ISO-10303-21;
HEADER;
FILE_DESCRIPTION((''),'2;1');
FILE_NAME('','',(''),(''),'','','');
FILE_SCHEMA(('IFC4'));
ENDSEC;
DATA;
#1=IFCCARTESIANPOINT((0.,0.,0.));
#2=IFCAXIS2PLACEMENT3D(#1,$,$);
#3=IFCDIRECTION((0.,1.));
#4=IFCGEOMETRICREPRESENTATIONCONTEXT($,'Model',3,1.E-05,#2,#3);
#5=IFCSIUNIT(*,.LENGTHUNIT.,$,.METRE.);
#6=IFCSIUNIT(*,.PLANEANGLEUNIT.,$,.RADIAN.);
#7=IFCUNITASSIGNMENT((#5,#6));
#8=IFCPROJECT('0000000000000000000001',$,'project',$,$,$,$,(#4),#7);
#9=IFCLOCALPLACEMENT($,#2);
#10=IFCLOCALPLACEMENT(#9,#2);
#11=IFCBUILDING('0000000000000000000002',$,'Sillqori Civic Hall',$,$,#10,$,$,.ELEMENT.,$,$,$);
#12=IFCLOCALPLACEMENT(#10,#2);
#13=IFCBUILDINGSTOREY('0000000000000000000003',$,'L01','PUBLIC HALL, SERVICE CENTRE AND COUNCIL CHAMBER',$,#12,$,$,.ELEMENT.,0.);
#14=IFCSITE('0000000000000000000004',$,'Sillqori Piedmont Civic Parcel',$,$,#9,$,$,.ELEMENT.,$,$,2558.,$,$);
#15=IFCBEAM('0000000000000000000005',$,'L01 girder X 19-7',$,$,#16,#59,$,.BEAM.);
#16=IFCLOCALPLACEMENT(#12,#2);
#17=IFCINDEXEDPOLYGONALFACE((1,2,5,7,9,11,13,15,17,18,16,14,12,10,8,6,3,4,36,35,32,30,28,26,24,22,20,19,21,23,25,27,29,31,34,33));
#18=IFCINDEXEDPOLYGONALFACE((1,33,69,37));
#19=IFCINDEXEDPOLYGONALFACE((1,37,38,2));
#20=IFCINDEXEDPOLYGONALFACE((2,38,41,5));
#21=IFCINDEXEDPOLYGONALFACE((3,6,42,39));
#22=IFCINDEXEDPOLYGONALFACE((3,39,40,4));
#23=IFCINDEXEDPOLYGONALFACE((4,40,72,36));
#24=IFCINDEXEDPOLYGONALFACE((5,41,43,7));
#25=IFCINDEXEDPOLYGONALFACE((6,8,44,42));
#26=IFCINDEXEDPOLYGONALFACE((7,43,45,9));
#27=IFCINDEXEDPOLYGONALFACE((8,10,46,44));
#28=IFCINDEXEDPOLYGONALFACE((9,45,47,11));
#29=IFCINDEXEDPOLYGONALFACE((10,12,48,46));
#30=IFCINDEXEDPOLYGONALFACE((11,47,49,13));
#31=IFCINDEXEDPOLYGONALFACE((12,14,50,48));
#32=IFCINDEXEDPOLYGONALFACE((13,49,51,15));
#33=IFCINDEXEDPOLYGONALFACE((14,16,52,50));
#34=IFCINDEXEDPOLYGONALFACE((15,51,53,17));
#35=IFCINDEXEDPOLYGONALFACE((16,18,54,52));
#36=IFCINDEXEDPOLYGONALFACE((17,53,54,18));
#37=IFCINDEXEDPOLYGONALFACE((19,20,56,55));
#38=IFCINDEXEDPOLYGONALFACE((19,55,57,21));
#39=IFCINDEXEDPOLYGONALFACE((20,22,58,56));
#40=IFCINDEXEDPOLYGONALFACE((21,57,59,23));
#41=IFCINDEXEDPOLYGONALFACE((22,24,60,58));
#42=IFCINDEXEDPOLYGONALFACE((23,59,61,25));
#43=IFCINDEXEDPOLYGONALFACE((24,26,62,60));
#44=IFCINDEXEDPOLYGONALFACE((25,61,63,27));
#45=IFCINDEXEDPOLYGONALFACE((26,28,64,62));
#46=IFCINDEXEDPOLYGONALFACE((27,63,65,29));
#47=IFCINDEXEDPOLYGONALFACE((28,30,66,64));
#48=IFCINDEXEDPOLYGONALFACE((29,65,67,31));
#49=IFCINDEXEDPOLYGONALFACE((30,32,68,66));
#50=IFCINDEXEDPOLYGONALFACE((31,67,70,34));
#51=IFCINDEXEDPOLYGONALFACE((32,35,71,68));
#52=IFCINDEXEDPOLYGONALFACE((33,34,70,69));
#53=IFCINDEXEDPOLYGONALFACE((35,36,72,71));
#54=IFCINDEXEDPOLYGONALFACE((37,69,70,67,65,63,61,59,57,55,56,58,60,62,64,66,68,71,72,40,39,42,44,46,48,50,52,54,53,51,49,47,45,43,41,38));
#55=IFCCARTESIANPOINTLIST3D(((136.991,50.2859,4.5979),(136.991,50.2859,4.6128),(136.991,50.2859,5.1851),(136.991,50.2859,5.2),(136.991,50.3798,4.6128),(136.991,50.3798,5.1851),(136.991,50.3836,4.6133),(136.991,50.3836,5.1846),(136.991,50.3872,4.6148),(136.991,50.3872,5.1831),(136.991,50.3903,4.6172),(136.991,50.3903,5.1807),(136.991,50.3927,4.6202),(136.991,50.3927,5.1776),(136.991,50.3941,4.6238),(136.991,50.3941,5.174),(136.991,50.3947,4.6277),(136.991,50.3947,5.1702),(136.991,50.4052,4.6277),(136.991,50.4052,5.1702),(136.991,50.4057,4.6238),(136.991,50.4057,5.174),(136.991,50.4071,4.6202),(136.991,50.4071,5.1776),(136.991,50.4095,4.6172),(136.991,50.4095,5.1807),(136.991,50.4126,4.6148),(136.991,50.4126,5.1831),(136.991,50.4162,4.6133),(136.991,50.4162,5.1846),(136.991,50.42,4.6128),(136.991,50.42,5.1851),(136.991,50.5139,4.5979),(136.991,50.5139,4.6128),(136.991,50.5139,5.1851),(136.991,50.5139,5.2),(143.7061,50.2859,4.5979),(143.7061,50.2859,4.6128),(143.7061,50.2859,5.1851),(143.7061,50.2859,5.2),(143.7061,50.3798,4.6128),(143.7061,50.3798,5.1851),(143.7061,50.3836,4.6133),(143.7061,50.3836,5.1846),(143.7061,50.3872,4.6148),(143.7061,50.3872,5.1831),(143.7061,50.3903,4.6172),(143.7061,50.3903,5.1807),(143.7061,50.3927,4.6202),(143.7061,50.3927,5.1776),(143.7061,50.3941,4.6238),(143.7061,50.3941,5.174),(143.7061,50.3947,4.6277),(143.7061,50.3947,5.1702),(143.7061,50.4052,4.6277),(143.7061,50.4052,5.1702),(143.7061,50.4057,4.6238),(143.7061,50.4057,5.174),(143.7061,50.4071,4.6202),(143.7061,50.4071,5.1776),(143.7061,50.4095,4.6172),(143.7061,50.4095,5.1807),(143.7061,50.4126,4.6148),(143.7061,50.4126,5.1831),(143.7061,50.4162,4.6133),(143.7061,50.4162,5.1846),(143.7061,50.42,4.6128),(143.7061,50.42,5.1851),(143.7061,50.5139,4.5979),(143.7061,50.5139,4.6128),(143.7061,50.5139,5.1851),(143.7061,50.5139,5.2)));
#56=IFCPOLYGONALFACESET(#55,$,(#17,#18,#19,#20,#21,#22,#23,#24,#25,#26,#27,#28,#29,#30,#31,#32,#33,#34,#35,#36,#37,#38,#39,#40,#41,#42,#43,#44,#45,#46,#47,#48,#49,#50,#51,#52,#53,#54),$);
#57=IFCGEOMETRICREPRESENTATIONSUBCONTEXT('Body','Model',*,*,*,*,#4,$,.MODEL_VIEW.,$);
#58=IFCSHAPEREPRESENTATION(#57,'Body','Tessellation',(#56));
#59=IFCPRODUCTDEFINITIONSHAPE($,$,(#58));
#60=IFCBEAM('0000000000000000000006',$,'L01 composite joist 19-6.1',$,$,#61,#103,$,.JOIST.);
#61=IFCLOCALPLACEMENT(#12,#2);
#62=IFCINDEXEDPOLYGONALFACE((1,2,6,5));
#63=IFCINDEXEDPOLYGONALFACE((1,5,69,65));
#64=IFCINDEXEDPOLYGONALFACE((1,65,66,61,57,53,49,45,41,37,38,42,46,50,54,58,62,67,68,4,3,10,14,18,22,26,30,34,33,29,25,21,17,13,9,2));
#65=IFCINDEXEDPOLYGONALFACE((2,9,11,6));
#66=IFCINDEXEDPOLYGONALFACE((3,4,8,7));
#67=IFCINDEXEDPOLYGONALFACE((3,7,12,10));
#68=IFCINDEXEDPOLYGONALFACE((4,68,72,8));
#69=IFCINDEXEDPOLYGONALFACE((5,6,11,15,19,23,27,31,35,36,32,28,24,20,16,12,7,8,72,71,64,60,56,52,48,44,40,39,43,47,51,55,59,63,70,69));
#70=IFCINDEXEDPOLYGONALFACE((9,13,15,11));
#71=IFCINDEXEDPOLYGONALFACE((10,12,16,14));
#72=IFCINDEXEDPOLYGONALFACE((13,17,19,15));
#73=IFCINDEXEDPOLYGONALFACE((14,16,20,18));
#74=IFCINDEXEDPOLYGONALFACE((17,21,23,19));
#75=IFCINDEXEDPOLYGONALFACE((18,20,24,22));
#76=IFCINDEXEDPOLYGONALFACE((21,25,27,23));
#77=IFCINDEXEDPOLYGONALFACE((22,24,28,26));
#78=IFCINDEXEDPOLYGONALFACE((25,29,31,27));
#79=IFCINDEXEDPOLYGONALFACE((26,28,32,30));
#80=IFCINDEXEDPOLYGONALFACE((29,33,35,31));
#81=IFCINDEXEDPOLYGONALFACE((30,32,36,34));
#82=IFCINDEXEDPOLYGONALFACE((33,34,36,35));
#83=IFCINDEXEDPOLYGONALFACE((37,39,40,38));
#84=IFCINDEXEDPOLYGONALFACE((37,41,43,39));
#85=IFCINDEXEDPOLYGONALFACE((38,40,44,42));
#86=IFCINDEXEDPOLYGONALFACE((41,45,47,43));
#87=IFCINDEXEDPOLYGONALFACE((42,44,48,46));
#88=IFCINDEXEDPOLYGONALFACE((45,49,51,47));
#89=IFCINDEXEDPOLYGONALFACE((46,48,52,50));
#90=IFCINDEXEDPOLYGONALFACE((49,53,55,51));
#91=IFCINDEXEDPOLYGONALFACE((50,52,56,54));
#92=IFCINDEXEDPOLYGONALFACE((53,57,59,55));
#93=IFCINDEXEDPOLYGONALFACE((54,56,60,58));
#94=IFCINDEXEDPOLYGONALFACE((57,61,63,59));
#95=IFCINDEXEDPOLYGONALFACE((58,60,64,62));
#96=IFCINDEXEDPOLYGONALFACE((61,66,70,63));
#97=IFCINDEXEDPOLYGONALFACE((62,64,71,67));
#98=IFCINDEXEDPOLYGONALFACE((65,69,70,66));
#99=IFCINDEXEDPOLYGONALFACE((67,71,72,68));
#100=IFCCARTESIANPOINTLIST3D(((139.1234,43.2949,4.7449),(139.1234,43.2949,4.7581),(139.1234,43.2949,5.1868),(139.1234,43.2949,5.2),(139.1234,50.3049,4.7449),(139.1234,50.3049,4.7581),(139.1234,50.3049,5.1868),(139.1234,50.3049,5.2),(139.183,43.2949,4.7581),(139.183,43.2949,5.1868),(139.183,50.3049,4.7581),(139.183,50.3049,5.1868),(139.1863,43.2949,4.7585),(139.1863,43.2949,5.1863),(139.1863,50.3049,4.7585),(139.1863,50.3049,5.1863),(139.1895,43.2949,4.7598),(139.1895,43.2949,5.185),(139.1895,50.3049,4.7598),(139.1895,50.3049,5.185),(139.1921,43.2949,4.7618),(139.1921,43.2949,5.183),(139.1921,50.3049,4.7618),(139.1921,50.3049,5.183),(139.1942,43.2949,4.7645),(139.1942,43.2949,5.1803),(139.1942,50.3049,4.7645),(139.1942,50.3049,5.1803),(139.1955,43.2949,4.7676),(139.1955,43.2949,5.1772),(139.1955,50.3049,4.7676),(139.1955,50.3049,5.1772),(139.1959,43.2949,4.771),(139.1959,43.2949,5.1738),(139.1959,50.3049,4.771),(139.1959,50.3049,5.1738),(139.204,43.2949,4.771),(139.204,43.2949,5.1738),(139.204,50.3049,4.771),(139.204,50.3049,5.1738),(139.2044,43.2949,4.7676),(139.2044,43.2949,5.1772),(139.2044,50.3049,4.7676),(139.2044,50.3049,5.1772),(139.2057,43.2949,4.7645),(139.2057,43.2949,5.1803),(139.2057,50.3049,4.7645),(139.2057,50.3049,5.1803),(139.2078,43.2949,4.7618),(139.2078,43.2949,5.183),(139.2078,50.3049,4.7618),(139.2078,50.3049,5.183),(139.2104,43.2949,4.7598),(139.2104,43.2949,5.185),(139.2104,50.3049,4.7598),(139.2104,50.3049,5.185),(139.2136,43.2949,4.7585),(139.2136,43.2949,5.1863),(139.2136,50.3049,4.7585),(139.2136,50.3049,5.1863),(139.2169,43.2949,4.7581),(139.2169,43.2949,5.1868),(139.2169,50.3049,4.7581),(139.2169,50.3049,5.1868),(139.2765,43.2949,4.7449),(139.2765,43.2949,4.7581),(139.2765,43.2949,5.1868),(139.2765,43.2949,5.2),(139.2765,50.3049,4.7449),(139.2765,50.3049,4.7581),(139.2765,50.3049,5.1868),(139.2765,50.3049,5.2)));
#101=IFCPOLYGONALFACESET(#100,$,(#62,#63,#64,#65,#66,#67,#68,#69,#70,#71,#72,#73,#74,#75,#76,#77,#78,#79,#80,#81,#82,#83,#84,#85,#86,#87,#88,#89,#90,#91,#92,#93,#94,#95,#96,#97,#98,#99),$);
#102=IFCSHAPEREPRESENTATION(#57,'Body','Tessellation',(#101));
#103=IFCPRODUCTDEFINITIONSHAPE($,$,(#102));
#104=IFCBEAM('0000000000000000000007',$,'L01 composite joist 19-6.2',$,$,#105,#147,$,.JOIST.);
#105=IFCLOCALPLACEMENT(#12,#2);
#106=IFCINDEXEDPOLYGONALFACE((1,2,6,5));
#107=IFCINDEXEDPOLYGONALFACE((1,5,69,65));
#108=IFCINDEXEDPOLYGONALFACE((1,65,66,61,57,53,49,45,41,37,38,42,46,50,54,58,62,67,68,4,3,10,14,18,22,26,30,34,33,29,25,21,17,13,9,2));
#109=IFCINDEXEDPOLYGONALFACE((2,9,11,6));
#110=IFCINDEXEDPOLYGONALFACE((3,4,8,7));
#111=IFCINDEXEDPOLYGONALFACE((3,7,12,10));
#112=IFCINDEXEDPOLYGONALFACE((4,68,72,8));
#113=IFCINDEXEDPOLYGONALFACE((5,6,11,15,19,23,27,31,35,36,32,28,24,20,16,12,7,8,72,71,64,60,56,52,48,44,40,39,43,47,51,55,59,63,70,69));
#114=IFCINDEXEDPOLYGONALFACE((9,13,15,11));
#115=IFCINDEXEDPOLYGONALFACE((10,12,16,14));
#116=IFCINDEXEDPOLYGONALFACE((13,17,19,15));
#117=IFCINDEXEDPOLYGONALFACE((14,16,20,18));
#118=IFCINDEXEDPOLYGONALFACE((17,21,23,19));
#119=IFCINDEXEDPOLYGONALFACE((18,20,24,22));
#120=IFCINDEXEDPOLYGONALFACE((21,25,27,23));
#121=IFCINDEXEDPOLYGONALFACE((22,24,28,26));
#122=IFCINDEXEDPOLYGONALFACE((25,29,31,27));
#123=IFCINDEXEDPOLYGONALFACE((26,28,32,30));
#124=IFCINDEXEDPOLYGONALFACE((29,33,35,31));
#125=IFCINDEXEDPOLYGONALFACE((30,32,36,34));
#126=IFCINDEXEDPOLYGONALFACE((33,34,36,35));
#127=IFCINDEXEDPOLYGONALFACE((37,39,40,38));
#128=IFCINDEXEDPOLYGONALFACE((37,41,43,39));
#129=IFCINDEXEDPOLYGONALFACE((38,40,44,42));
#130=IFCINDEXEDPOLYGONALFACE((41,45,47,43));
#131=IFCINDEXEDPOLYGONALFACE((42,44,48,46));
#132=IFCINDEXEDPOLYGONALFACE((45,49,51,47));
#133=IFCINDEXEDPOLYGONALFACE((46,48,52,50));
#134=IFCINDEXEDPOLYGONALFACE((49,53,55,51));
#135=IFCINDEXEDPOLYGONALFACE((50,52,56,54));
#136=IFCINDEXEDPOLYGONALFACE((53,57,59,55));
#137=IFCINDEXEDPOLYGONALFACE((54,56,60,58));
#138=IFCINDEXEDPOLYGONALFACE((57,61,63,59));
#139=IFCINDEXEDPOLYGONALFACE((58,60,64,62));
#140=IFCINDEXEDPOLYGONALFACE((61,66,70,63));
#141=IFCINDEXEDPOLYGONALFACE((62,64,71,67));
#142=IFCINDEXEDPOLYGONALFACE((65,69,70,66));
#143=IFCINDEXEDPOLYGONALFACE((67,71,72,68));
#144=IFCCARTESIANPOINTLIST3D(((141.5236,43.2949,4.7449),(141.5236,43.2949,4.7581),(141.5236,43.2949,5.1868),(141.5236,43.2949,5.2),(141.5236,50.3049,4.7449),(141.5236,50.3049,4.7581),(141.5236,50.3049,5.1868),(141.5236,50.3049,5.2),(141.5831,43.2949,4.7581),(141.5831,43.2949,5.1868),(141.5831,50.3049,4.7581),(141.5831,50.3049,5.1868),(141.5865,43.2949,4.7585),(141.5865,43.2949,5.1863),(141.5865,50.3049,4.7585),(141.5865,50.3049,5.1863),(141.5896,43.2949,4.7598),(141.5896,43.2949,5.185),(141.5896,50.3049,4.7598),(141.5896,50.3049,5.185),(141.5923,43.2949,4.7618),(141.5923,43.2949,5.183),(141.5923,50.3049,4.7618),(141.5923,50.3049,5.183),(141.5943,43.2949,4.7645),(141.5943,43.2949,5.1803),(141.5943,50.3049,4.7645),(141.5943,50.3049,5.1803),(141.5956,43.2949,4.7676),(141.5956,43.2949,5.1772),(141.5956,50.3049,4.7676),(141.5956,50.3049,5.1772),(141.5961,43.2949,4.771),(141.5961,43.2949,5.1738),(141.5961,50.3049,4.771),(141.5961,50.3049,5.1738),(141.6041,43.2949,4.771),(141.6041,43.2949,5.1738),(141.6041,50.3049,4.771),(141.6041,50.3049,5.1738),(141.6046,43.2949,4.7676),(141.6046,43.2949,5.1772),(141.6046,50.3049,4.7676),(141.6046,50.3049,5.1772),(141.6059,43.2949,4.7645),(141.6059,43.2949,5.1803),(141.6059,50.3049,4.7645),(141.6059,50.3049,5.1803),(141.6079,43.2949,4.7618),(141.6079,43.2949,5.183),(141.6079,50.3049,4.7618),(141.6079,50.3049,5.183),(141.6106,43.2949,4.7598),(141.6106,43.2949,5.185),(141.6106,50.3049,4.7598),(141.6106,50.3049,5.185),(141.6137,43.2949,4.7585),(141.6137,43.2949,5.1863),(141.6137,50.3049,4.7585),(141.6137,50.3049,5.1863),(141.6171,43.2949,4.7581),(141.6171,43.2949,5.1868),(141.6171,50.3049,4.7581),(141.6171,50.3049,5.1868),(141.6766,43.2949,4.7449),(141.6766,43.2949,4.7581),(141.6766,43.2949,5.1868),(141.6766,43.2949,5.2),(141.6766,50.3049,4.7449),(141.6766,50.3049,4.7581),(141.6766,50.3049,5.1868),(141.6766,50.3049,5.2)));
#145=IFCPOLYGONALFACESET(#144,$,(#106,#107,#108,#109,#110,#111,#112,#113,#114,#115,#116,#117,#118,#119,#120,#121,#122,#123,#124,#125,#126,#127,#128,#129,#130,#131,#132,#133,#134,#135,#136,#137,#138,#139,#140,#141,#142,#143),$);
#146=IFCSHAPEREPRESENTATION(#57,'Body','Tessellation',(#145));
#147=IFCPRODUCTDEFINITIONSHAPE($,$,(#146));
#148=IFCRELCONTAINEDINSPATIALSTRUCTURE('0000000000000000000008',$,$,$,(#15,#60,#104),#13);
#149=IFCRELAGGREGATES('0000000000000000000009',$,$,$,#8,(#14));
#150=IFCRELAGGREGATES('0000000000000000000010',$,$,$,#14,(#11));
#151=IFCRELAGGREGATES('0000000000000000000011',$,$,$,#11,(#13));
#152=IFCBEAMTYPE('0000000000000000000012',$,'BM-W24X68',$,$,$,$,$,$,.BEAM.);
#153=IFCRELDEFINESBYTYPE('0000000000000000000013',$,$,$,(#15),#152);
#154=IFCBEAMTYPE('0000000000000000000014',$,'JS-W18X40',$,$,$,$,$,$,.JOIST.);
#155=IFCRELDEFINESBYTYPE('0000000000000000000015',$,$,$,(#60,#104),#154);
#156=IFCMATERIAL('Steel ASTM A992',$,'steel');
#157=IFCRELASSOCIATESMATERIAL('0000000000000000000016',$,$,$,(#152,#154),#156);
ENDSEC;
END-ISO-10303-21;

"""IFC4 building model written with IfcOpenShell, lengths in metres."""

from ifc_helpers import new_model, si_unit, direction, frame, origin, origin_2d, place, context, subcontext, project, spatial, i_section, extrude, material, material_profile, profile_set, type_object, element, save


model = new_model("IFC4")

# Units and contexts
model_context = context("Model", 3, precision=1e-05, world=origin(), true_north=direction((0.0, 1.0)))
body_context = subcontext(model_context, "Body", "Model", "MODEL_VIEW")
ifc_project = project(units=[si_unit("LENGTHUNIT", "METRE"), si_unit("PLANEANGLEUNIT", "RADIAN")], contexts=[model_context])

# Site, building, storey
site_placement = place(None, origin())
site = spatial("IfcSite", under=ifc_project, at=site_placement, Name="Sillqori Piedmont Civic Parcel", CompositionType="ELEMENT", RefElevation=2558.0)
building_placement = place(site_placement, origin())
building = spatial("IfcBuilding", under=site, at=building_placement, Name="Sillqori Civic Hall", CompositionType="ELEMENT")
storey_placement = place(building_placement, origin())
storey = spatial("IfcBuildingStorey", under=building, at=storey_placement, Name="L01", Description="PUBLIC HALL, SERVICE CENTRE AND COUNCIL CHAMBER", CompositionType="ELEMENT", Elevation=0.0)

# Shared definitions
ifc_material_1 = material(Name="Steel ASTM A992", Category="steel")

# Beam
ifc_material_profile_1 = material_profile(ifc_material_1, i_section(OverallWidth=0.228, OverallDepth=0.6021, WebThickness=0.0105, FlangeThickness=0.0149, FilletRadius=0.0149, at=origin_2d()), Name="W24X68")
ifc_profile_set_1 = profile_set([ifc_material_profile_1], Name="Steel ASTM A992")
beam_type_1 = type_object("IfcBeamType", Name="BM-W24X68", PredefinedType="BEAM", material=ifc_profile_set_1)
beam_1_placement = place(storey_placement, frame((136.991, 50.3999, 4.8989), z_axis=(1.0, 0.0, 0.0), x_axis=(0.0, 1.0, 0.0)))
element("IfcBeam", 1, at=beam_1_placement, inside=storey, type_object=beam_type_1, Name="L01 girder X 19-7", PredefinedType="BEAM", context=body_context, shape_type="SweptSolid", body=[
    extrude(i_section(OverallWidth=0.228, OverallDepth=0.6021, WebThickness=0.0105, FlangeThickness=0.0149, FilletRadius=0.0149, at=origin_2d()), origin(), (0.0, 0.0, 1.0), 6.7151),
])

# Beams
ifc_material_profile_2 = material_profile(ifc_material_1, i_section(OverallWidth=0.1531, OverallDepth=0.4551, WebThickness=0.0081, FlangeThickness=0.0132, FilletRadius=0.0129, at=origin_2d()), Name="W18X40")
ifc_profile_set_2 = profile_set([ifc_material_profile_2], Name="Steel ASTM A992")
beam_type_2 = type_object("IfcBeamType", Name="JS-W18X40", PredefinedType="JOIST", material=ifc_profile_set_2)
for number, where, z_axis, x_axis, name in (
    (2, (139.2, 43.2949, 4.9724), (0.0, 1.0, 0.0), (-1.0, 0.0, 0.0), "L01 composite joist 19-6.1"),
    (3, (141.6001, 43.2949, 4.9724), (0.0, 1.0, 0.0), (-1.0, 0.0, 0.0), "L01 composite joist 19-6.2"),
):
    element("IfcBeam", number, at=place(storey_placement, frame(where, z_axis=z_axis, x_axis=x_axis)), inside=storey, type_object=beam_type_2, Name=name, PredefinedType="JOIST", context=body_context, shape_type="SweptSolid", body=[
        extrude(i_section(OverallWidth=0.1531, OverallDepth=0.4551, WebThickness=0.0081, FlangeThickness=0.0132, FilletRadius=0.0129, at=origin_2d()), origin(), (0.0, 0.0, 1.0), 7.01),
    ])

save(model, "model.ifc")
